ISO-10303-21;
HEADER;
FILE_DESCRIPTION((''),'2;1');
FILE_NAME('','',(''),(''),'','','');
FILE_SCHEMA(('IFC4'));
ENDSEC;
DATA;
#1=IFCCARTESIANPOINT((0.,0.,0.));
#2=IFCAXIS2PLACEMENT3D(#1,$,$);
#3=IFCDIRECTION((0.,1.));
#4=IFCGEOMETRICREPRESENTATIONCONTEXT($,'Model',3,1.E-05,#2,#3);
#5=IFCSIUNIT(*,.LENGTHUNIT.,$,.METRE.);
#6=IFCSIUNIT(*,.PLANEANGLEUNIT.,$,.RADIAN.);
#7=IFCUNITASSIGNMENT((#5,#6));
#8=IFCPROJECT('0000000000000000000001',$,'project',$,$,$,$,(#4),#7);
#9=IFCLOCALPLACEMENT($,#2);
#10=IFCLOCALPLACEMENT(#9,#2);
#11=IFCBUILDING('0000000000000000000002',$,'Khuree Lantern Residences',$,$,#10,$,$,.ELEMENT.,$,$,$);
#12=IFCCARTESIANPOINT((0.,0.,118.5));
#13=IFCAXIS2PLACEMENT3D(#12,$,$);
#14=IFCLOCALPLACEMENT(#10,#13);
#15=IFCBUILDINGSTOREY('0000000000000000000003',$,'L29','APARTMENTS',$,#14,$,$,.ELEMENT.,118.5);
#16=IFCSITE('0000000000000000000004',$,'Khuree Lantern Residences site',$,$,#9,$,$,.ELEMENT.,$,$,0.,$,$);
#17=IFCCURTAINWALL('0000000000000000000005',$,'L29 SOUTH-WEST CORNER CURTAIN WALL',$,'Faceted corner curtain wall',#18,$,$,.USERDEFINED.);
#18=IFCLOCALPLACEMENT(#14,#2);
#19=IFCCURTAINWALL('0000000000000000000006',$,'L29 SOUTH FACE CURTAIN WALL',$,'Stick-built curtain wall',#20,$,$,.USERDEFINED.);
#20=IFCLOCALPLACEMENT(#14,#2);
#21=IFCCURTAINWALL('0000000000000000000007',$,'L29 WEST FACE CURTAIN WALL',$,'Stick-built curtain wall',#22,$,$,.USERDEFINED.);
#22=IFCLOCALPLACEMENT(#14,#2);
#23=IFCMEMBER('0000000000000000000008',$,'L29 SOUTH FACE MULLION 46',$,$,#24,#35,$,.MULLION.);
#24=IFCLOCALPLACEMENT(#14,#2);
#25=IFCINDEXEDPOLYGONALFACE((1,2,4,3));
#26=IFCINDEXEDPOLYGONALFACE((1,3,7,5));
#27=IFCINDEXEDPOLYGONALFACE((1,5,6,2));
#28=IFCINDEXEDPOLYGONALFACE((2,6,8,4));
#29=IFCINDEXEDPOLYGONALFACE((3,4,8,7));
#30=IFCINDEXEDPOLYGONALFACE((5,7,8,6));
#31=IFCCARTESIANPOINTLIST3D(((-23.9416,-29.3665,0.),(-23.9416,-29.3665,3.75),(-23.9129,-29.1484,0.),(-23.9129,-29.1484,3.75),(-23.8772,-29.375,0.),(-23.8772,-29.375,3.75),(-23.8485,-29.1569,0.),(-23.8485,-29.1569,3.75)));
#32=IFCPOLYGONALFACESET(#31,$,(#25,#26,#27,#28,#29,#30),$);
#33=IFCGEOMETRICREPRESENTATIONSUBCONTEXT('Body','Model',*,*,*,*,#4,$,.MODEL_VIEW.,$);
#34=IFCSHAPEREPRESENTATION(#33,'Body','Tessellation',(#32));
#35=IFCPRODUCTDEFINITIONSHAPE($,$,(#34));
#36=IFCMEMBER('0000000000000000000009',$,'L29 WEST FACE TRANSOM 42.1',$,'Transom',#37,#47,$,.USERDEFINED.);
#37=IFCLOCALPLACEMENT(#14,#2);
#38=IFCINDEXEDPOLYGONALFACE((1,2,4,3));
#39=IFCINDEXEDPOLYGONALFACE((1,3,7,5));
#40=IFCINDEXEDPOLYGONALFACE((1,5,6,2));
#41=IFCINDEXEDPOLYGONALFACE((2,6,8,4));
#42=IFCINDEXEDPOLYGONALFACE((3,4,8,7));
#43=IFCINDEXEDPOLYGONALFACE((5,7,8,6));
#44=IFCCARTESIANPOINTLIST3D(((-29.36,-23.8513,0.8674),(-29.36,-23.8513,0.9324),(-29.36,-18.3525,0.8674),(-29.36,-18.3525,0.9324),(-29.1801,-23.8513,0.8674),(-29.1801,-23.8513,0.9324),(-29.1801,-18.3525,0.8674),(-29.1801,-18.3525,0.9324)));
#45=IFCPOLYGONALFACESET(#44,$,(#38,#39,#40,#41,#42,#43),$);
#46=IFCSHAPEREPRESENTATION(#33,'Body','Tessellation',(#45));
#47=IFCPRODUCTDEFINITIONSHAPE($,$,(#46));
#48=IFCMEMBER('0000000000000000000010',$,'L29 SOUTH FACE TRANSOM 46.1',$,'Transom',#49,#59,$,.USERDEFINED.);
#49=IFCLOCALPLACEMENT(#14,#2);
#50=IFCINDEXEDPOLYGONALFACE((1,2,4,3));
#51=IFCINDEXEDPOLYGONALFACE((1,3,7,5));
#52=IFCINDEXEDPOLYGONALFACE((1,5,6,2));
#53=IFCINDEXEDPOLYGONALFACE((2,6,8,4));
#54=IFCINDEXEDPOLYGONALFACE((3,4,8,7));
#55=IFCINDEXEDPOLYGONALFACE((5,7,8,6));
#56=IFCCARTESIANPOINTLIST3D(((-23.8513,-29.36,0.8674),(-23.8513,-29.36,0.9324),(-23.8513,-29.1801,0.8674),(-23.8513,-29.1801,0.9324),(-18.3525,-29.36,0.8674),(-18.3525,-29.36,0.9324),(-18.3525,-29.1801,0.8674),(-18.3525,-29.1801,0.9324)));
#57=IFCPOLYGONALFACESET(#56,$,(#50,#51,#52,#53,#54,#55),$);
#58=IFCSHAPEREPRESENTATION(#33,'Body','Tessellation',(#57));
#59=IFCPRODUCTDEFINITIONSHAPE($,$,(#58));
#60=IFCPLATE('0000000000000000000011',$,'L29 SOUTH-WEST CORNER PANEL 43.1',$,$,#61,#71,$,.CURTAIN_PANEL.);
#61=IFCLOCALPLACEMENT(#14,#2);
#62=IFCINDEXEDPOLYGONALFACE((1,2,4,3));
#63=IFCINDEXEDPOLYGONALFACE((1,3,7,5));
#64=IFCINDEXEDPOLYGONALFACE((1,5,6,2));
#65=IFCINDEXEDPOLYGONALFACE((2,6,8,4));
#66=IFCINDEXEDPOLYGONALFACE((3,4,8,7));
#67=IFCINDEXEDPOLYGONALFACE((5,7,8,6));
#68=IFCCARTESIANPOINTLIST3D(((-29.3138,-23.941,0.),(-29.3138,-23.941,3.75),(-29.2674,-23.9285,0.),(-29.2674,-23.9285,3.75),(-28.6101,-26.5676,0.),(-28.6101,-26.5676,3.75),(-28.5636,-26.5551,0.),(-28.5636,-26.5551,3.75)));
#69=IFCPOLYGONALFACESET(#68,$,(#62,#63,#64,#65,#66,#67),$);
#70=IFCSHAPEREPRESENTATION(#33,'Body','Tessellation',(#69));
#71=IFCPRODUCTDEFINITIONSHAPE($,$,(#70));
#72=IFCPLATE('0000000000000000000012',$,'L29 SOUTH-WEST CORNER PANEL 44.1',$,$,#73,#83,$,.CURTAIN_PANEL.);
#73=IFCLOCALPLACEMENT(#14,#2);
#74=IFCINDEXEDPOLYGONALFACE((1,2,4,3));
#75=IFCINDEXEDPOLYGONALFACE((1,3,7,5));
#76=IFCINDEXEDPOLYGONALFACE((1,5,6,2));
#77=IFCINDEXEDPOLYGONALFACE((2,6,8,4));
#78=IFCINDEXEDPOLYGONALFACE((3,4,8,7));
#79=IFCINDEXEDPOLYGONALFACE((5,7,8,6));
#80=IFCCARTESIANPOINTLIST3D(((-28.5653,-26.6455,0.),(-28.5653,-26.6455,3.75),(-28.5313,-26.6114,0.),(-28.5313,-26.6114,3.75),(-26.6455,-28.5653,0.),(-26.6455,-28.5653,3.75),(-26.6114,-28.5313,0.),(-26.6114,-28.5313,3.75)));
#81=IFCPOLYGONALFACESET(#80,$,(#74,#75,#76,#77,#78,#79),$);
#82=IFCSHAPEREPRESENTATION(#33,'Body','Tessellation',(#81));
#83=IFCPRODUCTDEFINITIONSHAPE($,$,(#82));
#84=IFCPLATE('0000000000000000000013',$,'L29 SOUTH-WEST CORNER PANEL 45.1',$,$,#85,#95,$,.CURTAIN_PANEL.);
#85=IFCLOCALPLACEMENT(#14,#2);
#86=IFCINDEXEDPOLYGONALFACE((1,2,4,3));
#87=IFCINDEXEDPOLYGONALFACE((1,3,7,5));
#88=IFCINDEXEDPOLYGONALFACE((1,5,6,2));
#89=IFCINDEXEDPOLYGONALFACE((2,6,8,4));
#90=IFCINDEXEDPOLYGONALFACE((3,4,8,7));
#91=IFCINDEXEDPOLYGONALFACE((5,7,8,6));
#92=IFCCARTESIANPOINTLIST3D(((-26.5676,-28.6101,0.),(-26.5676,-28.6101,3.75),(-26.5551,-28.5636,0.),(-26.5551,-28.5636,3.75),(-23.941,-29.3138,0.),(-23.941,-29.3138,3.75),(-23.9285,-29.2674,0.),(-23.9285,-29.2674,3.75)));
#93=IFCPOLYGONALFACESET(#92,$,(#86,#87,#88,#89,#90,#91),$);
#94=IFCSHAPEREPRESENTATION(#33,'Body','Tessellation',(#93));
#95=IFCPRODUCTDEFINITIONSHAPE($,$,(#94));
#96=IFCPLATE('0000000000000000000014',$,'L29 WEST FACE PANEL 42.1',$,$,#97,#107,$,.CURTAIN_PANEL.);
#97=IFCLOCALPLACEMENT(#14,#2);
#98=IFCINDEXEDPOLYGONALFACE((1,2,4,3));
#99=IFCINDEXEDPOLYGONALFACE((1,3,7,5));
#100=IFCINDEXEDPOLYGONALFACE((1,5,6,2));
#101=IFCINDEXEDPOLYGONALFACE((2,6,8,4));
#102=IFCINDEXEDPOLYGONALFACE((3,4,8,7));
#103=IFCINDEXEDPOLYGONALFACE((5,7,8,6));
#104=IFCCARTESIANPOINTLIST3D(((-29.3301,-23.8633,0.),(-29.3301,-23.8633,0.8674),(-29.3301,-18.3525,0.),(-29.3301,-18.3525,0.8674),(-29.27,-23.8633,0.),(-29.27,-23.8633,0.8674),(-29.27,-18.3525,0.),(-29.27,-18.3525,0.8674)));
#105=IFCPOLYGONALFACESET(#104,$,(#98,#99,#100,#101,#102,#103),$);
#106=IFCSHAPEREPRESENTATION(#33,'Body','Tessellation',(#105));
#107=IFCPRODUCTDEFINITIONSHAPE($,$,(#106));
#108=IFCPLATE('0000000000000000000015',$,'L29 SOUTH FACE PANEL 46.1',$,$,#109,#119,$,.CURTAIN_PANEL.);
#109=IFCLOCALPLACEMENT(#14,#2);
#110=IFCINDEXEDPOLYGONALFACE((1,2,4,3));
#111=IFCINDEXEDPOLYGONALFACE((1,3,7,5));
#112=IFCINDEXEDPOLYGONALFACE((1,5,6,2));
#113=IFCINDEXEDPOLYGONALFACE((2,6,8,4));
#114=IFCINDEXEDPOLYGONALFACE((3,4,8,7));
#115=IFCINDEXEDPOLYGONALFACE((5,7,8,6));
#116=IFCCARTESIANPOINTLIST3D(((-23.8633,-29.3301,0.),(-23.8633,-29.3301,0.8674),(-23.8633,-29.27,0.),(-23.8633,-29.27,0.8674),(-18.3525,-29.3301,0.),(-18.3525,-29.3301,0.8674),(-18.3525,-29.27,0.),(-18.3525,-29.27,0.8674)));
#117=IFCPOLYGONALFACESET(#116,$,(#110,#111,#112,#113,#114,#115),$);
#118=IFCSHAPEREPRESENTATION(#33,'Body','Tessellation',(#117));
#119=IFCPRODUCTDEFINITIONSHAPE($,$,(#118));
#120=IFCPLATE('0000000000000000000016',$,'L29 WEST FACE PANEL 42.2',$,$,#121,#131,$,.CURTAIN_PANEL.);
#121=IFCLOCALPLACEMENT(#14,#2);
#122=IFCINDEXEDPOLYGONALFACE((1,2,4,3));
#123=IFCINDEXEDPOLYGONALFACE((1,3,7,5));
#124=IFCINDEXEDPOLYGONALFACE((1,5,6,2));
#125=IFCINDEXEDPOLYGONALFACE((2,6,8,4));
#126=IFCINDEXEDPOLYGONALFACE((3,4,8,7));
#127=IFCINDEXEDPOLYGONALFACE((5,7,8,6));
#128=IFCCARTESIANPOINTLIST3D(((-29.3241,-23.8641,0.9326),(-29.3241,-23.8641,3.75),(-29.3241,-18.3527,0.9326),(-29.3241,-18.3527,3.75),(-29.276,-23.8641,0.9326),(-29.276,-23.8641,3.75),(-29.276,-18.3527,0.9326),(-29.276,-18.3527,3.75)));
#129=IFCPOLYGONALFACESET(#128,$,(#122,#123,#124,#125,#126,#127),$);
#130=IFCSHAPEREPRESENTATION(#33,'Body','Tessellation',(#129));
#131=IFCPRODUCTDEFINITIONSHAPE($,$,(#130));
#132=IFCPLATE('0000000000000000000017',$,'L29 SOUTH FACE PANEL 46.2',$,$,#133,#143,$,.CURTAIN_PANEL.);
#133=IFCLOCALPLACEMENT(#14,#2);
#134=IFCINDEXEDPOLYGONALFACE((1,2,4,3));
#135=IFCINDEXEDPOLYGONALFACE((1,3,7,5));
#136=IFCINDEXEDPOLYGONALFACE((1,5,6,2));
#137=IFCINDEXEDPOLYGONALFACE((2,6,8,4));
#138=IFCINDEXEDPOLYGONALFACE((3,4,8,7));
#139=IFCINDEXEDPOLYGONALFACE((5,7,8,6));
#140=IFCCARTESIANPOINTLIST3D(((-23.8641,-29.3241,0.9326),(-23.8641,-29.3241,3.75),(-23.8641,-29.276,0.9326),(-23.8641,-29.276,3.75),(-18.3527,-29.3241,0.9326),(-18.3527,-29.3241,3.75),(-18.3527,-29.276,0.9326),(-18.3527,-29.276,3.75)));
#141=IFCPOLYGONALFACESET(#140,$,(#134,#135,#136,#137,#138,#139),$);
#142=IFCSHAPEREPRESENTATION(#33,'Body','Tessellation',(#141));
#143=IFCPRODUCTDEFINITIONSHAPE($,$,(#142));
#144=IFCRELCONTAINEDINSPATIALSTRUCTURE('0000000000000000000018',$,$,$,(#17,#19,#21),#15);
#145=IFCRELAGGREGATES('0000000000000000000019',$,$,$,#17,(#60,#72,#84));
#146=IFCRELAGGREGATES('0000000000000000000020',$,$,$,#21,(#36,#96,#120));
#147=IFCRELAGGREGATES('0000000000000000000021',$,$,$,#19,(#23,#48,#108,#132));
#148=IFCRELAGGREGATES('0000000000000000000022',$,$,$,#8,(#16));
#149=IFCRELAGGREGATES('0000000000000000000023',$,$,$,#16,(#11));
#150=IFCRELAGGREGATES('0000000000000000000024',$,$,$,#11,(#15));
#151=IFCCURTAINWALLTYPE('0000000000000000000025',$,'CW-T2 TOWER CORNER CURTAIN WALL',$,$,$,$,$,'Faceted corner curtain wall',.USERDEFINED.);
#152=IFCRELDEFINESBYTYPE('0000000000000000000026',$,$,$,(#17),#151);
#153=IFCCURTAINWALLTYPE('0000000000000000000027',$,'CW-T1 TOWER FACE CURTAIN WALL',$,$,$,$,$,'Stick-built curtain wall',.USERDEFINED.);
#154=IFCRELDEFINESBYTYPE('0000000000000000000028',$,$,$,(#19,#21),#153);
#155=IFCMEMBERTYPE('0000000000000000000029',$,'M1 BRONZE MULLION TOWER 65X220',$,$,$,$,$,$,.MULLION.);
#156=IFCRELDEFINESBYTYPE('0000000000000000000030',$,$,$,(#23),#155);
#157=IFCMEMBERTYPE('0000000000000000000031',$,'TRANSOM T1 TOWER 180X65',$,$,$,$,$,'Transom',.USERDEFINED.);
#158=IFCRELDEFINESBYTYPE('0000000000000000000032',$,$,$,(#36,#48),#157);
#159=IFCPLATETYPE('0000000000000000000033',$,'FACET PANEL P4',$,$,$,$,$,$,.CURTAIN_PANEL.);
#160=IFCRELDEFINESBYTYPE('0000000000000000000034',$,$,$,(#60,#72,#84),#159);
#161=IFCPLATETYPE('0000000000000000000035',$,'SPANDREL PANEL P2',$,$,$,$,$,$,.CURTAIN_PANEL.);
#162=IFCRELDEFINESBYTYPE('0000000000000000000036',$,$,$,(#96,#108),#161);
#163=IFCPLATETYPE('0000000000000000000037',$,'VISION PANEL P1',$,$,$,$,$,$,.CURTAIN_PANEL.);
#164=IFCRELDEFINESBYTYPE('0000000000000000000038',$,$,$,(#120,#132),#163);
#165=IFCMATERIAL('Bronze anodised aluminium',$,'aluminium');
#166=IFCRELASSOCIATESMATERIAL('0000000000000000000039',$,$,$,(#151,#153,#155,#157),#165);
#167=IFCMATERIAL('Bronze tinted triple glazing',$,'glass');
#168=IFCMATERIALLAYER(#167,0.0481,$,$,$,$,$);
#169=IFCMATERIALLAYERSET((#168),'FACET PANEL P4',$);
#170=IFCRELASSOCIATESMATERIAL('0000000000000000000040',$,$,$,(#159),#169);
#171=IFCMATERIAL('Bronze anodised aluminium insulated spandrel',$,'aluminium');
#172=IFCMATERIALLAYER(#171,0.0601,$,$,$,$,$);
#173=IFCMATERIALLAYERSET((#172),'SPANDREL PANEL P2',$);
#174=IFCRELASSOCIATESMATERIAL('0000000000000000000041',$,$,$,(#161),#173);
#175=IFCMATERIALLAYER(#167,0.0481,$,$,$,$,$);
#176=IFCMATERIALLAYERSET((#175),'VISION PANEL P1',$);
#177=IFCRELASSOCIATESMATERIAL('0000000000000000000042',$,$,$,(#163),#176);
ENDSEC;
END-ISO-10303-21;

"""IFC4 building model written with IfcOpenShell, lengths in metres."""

from ifc_helpers import new_model, si_unit, direction, frame, origin, origin_2d, place, context, subcontext, project, spatial, rectangle, extrude, material, layer, layer_set, material_profile, profile_set, type_object, element, aggregate, save


model = new_model("IFC4")

# Units and contexts
model_context = context("Model", 3, precision=1e-05, world=origin(), true_north=direction((0.0, 1.0)))
body_context = subcontext(model_context, "Body", "Model", "MODEL_VIEW")
ifc_project = project(units=[si_unit("LENGTHUNIT", "METRE"), si_unit("PLANEANGLEUNIT", "RADIAN")], contexts=[model_context])

# Site, building, storey
site_placement = place(None, origin())
site = spatial("IfcSite", under=ifc_project, at=site_placement, Name="Khuree Lantern Residences site", CompositionType="ELEMENT", RefElevation=0.0)
building_placement = place(site_placement, origin())
building = spatial("IfcBuilding", under=site, at=building_placement, Name="Khuree Lantern Residences", CompositionType="ELEMENT")
storey_placement = place(building_placement, frame((0.0, 0.0, 118.5)))
storey = spatial("IfcBuildingStorey", under=building, at=storey_placement, Name="L29", Description="APARTMENTS", CompositionType="ELEMENT", Elevation=118.5)

# Curtain walls
ifc_material_1 = material(Name="Bronze anodised aluminium", Category="aluminium")
curtain_wall_type_1 = type_object("IfcCurtainWallType", Name="CW-T2 TOWER CORNER CURTAIN WALL", ElementType="Faceted corner curtain wall", PredefinedType="USERDEFINED", material=ifc_material_1)
curtain_wall_1_placement = place(storey_placement, origin())
curtain_wall_1 = element("IfcCurtainWall", 1, at=curtain_wall_1_placement, inside=storey, type_object=curtain_wall_type_1, Name="L29 SOUTH-WEST CORNER CURTAIN WALL", ObjectType="Faceted corner curtain wall", PredefinedType="USERDEFINED")
curtain_wall_type_2 = type_object("IfcCurtainWallType", Name="CW-T1 TOWER FACE CURTAIN WALL", ElementType="Stick-built curtain wall", PredefinedType="USERDEFINED", material=ifc_material_1)
curtain_wall_2_placement = place(storey_placement, origin())
curtain_wall_2 = element("IfcCurtainWall", 2, at=curtain_wall_2_placement, inside=storey, type_object=curtain_wall_type_2, Name="L29 SOUTH FACE CURTAIN WALL", ObjectType="Stick-built curtain wall", PredefinedType="USERDEFINED")

# Curtain wall
curtain_wall_3_placement = place(storey_placement, origin())
curtain_wall_3 = element("IfcCurtainWall", 3, at=curtain_wall_3_placement, inside=storey, type_object=curtain_wall_type_2, Name="L29 WEST FACE CURTAIN WALL", ObjectType="Stick-built curtain wall", PredefinedType="USERDEFINED")
ifc_material_profile_1 = material_profile(ifc_material_1, rectangle(XDim=0.0649, YDim=0.22, at=origin_2d()), Name="M1 65X220")
ifc_profile_set_1 = profile_set([ifc_material_profile_1], Name="Bronze anodised aluminium")
member_type_1 = type_object("IfcMemberType", Name="M1 BRONZE MULLION TOWER 65X220", PredefinedType="MULLION", material=ifc_profile_set_1)

# Members
member_1_placement = place(storey_placement, frame((-23.895, -29.2617, 0.0), z_axis=(0.0, 0.0, 1.0), x_axis=(0.991445, -0.130526, 0.0)))
member_1 = element("IfcMember", 4, at=member_1_placement, type_object=member_type_1, Name="L29 SOUTH FACE MULLION 46", PredefinedType="MULLION", context=body_context, shape_type="SweptSolid", body=[
    extrude(rectangle(XDim=0.0649, YDim=0.22, at=origin_2d()), origin(), (0.0, 0.0, 1.0), 3.75),
])
ifc_material_profile_2 = material_profile(ifc_material_1, rectangle(XDim=0.1799, YDim=0.0649, at=origin_2d()), Name="T1 180X65")
ifc_profile_set_2 = profile_set([ifc_material_profile_2], Name="Bronze anodised aluminium")
member_type_2 = type_object("IfcMemberType", Name="TRANSOM T1 TOWER 180X65", ElementType="Transom", PredefinedType="USERDEFINED", material=ifc_profile_set_2)
member_2_placement = place(storey_placement, frame((-29.27, -18.3525, 0.8999), z_axis=(0.0, -1.0, 0.0), x_axis=(1.0, 0.0, 0.0)))
member_2 = element("IfcMember", 5, at=member_2_placement, type_object=member_type_2, Name="L29 WEST FACE TRANSOM 42.1", ObjectType="Transom", PredefinedType="USERDEFINED", context=body_context, shape_type="SweptSolid", body=[
    extrude(rectangle(XDim=0.1799, YDim=0.0649, at=origin_2d()), origin(), (0.0, 0.0, 1.0), 5.4988),
])
member_3_placement = place(storey_placement, frame((-23.8513, -29.27, 0.8999), z_axis=(1.0, 0.0, 0.0), x_axis=(0.0, 1.0, 0.0)))
member_3 = element("IfcMember", 6, at=member_3_placement, type_object=member_type_2, Name="L29 SOUTH FACE TRANSOM 46.1", ObjectType="Transom", PredefinedType="USERDEFINED", context=body_context, shape_type="SweptSolid", body=[
    extrude(rectangle(XDim=0.1799, YDim=0.0649, at=origin_2d()), origin(), (0.0, 0.0, 1.0), 5.4988),
])

# Plates
ifc_material_2 = material(Name="Bronze tinted triple glazing", Category="glass")
ifc_layer_1 = layer(ifc_material_2, 0.0481)
ifc_layer_set_1 = layer_set([ifc_layer_1], Name="FACET PANEL P4")
plate_type_1 = type_object("IfcPlateType", Name="FACET PANEL P4", PredefinedType="CURTAIN_PANEL", material=ifc_layer_set_1)
plate_1_placement = place(storey_placement, frame((-28.9387, -25.248, 0.0), z_axis=(0.0, 0.0, 1.0), x_axis=(0.258819, -0.965926, 0.0)))
plate_1 = element("IfcPlate", 7, at=plate_1_placement, type_object=plate_type_1, Name="L29 SOUTH-WEST CORNER PANEL 43.1", PredefinedType="CURTAIN_PANEL", context=body_context, shape_type="SweptSolid", body=[
    extrude(rectangle(XDim=2.7192, YDim=0.0481, at=origin_2d()), origin(), (0.0, 0.0, 1.0), 3.75),
])
plate_2_placement = place(storey_placement, frame((-27.5884, -27.5884, 0.0), z_axis=(0.0, 0.0, 1.0), x_axis=(0.707107, -0.707107, 0.0)))
plate_2 = element("IfcPlate", 8, at=plate_2_placement, type_object=plate_type_1, Name="L29 SOUTH-WEST CORNER PANEL 44.1", PredefinedType="CURTAIN_PANEL", context=body_context, shape_type="SweptSolid", body=[
    extrude(rectangle(XDim=2.7151, YDim=0.0481, at=origin_2d()), origin(), (0.0, 0.0, 1.0), 3.75),
])
plate_3_placement = place(storey_placement, frame((-25.248, -28.9387, 0.0), z_axis=(0.0, 0.0, 1.0), x_axis=(0.965926, -0.258819, 0.0)))
plate_3 = element("IfcPlate", 9, at=plate_3_placement, type_object=plate_type_1, Name="L29 SOUTH-WEST CORNER PANEL 45.1", PredefinedType="CURTAIN_PANEL", context=body_context, shape_type="SweptSolid", body=[
    extrude(rectangle(XDim=2.7192, YDim=0.0481, at=origin_2d()), origin(), (0.0, 0.0, 1.0), 3.75),
])
aggregate(curtain_wall_1, [plate_1, plate_2, plate_3])
ifc_material_3 = material(Name="Bronze anodised aluminium insulated spandrel", Category="aluminium")
ifc_layer_2 = layer(ifc_material_3, 0.0601)
ifc_layer_set_2 = layer_set([ifc_layer_2], Name="SPANDREL PANEL P2")
plate_type_2 = type_object("IfcPlateType", Name="SPANDREL PANEL P2", PredefinedType="CURTAIN_PANEL", material=ifc_layer_set_2)
plate_4_placement = place(storey_placement, frame((-29.3, -21.1079, 0.0), z_axis=(0.0, 0.0, 1.0), x_axis=(0.0, -1.0, 0.0)))
plate_4 = element("IfcPlate", 10, at=plate_4_placement, type_object=plate_type_2, Name="L29 WEST FACE PANEL 42.1", PredefinedType="CURTAIN_PANEL", context=body_context, shape_type="SweptSolid", body=[
    extrude(rectangle(XDim=5.5107, YDim=0.0601, at=origin_2d()), origin(), (0.0, 0.0, 1.0), 0.8674),
])
plate_5_placement = place(storey_placement, frame((-21.1079, -29.3, 0.0), z_axis=(0.0, 0.0, 1.0), x_axis=(1.0, 0.0, 0.0)))
plate_5 = element("IfcPlate", 11, at=plate_5_placement, type_object=plate_type_2, Name="L29 SOUTH FACE PANEL 46.1", PredefinedType="CURTAIN_PANEL", context=body_context, shape_type="SweptSolid", body=[
    extrude(rectangle(XDim=5.5107, YDim=0.0601, at=origin_2d()), origin(), (0.0, 0.0, 1.0), 0.8674),
])
ifc_layer_3 = layer(ifc_material_2, 0.0481)
ifc_layer_set_3 = layer_set([ifc_layer_3], Name="VISION PANEL P1")
plate_type_3 = type_object("IfcPlateType", Name="VISION PANEL P1", PredefinedType="CURTAIN_PANEL", material=ifc_layer_set_3)
plate_6_placement = place(storey_placement, frame((-29.3, -21.1084, 0.9326), z_axis=(0.0, 0.0, 1.0), x_axis=(0.0, -1.0, 0.0)))
plate_6 = element("IfcPlate", 12, at=plate_6_placement, type_object=plate_type_3, Name="L29 WEST FACE PANEL 42.2", PredefinedType="CURTAIN_PANEL", context=body_context, shape_type="SweptSolid", body=[
    extrude(rectangle(XDim=5.5115, YDim=0.0481, at=origin_2d()), origin(), (0.0, 0.0, 1.0), 2.8174),
])
aggregate(curtain_wall_3, [member_2, plate_4, plate_6])
plate_7_placement = place(storey_placement, frame((-21.1084, -29.3, 0.9326), z_axis=(0.0, 0.0, 1.0), x_axis=(1.0, 0.0, 0.0)))
plate_7 = element("IfcPlate", 13, at=plate_7_placement, type_object=plate_type_3, Name="L29 SOUTH FACE PANEL 46.2", PredefinedType="CURTAIN_PANEL", context=body_context, shape_type="SweptSolid", body=[
    extrude(rectangle(XDim=5.5115, YDim=0.0481, at=origin_2d()), origin(), (0.0, 0.0, 1.0), 2.8174),
])
aggregate(curtain_wall_2, [member_1, member_3, plate_5, plate_7])

save(model, "model.ifc")
